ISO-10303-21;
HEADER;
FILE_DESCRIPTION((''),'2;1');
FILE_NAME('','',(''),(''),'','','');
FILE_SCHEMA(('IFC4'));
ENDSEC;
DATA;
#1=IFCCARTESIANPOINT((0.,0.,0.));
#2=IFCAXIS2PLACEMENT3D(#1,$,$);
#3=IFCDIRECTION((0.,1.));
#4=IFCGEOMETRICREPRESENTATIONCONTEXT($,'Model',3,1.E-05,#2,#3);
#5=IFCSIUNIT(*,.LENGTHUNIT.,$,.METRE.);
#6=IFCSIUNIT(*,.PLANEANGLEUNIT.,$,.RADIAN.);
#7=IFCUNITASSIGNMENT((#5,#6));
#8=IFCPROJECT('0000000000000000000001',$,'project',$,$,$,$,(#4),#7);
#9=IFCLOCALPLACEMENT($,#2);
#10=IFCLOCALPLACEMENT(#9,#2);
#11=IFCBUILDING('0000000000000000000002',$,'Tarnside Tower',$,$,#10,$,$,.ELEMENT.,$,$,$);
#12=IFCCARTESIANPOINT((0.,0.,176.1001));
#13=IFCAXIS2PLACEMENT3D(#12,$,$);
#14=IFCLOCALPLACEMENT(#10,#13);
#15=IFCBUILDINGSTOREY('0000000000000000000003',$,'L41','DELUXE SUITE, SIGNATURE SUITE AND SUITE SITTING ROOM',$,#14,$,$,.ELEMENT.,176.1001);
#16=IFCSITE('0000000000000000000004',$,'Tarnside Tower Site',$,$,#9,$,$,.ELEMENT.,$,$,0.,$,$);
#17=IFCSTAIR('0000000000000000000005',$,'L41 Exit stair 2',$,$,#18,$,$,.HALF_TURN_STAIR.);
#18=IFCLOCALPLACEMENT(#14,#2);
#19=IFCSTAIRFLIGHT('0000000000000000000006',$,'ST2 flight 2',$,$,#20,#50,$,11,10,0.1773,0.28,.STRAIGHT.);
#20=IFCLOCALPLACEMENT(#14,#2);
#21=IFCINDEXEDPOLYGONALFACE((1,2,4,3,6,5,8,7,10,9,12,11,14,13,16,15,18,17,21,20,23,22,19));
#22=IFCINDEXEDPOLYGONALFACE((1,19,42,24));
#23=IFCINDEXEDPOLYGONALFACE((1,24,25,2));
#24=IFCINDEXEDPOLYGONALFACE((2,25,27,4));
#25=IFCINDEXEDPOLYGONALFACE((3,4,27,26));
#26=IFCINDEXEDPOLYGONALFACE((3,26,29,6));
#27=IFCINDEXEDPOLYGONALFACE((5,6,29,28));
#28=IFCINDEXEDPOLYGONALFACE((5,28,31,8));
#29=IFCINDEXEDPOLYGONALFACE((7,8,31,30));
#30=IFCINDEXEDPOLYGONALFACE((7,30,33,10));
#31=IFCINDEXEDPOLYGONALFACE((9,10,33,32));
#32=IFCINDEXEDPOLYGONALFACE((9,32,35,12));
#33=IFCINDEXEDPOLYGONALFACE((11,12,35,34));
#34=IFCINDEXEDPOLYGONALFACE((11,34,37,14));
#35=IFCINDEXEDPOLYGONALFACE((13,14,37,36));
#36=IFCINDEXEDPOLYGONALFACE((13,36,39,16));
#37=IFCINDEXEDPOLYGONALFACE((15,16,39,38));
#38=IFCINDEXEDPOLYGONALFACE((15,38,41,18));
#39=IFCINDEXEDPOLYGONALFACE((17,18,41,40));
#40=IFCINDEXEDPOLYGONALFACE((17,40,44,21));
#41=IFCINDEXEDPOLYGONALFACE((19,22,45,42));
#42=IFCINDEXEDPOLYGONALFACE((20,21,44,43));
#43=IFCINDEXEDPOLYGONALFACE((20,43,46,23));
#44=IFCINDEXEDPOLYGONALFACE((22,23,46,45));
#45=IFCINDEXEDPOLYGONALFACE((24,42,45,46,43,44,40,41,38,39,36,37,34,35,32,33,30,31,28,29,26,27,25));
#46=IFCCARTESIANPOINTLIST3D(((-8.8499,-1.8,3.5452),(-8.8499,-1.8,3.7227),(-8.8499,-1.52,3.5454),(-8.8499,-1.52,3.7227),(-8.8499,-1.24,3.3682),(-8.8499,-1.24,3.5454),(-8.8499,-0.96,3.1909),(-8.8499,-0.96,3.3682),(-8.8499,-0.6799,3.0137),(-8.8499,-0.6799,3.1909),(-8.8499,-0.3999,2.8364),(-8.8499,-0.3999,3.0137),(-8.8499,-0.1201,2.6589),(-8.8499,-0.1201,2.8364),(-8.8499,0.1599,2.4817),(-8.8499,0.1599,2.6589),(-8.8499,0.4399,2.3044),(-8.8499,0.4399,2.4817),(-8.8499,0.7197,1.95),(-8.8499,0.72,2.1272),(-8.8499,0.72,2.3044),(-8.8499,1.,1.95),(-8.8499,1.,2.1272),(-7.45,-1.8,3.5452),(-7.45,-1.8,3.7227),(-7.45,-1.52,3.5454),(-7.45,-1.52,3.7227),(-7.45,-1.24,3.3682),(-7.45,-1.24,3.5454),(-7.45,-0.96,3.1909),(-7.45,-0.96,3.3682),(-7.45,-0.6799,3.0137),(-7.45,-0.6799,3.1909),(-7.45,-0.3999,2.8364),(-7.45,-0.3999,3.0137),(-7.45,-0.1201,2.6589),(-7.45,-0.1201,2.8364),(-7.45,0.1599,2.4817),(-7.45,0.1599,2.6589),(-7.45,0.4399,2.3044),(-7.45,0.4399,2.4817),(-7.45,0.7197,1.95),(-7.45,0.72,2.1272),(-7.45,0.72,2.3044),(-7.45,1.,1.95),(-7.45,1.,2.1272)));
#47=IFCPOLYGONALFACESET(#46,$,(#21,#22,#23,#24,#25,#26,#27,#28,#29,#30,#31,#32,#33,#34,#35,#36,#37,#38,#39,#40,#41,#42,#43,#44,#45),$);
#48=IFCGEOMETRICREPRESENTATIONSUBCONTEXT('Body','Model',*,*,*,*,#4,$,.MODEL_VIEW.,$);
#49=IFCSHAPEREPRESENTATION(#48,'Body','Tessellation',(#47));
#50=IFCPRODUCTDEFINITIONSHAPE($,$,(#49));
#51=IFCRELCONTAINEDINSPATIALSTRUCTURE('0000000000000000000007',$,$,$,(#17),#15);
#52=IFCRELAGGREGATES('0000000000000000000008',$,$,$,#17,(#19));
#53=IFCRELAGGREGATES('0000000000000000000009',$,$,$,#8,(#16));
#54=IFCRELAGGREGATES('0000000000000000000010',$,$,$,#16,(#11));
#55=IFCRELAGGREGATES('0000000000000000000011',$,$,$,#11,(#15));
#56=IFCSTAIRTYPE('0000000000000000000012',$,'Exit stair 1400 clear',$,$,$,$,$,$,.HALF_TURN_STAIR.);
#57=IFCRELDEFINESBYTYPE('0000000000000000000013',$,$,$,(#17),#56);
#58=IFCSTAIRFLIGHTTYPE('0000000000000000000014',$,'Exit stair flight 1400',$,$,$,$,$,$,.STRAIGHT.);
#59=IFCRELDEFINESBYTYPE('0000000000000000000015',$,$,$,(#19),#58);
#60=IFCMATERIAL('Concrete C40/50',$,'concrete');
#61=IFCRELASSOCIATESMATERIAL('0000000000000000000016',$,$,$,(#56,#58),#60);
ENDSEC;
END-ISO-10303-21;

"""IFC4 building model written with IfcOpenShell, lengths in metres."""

from ifc_helpers import new_model, si_unit, direction, frame, origin, place, context, subcontext, project, spatial, polyline, outline, extrude, material, type_object, element, aggregate, save


model = new_model("IFC4")

# Units and contexts
model_context = context("Model", 3, precision=1e-05, world=origin(), true_north=direction((0.0, 1.0)))
body_context = subcontext(model_context, "Body", "Model", "MODEL_VIEW")
ifc_project = project(units=[si_unit("LENGTHUNIT", "METRE"), si_unit("PLANEANGLEUNIT", "RADIAN")], contexts=[model_context])

# Site, building, storey
site_placement = place(None, origin())
site = spatial("IfcSite", under=ifc_project, at=site_placement, Name="Tarnside Tower Site", CompositionType="ELEMENT", RefElevation=0.0)
building_placement = place(site_placement, origin())
building = spatial("IfcBuilding", under=site, at=building_placement, Name="Tarnside Tower", CompositionType="ELEMENT")
storey_placement = place(building_placement, frame((0.0, 0.0, 176.1001)))
storey = spatial("IfcBuildingStorey", under=building, at=storey_placement, Name="L41", Description="DELUXE SUITE, SIGNATURE SUITE AND SUITE SITTING ROOM", CompositionType="ELEMENT", Elevation=176.1001)

# Shared definitions
ifc_material_1 = material(Name="Concrete C40/50", Category="concrete")

# Stair, stair flight
stair_type = type_object("IfcStairType", Name="Exit stair 1400 clear", PredefinedType="HALF_TURN_STAIR", material=ifc_material_1)
stair_placement = place(storey_placement, origin())
stair = element("IfcStair", 1, at=stair_placement, inside=storey, type_object=stair_type, Name="L41 Exit stair 2", PredefinedType="HALF_TURN_STAIR")
stair_flight_type = type_object("IfcStairFlightType", Name="Exit stair flight 1400", PredefinedType="STRAIGHT", material=ifc_material_1)
stair_flight_placement = place(storey_placement, frame((-8.1499, 1.0, 1.95), z_axis=(0.0, 0.0, 1.0), x_axis=(0.0, -1.0, 0.0)))
stair_flight = element("IfcStairFlight", 2, at=stair_flight_placement, type_object=stair_flight_type, Name="ST2 flight 2", NumberOfRisers=11, NumberOfTreads=10, PredefinedType="STRAIGHT", RiserHeight=0.1773, TreadLength=0.28, context=body_context, shape_type="SweptSolid", body=[
    extrude(outline(polyline([(0.0, 0.0), (0.0, 0.1772), (0.28, 0.1772), (0.28, 0.3545), (0.5601, 0.3545), (0.5601, 0.5317), (0.8401, 0.5317), (0.8401, 0.709), (1.1201, 0.709), (1.1201, 0.8865), (1.3999, 0.8865), (1.3999, 1.0637), (1.6799, 1.0637), (1.6799, 1.241), (1.96, 1.241), (1.96, 1.4182), (2.24, 1.4182), (2.24, 1.5955), (2.52, 1.5955), (2.52, 1.7727), (2.8, 1.7727), (2.8, 1.95), (2.8, 1.5952), (0.2803, 0.0), (0.0, 0.0)])), frame((0.0, 0.7, 0.0), z_axis=(0.0, -1.0, 0.0), x_axis=(1.0, 0.0, 0.0)), (0.0, 0.0, 1.0), 1.3999),
])
aggregate(stair, [stair_flight])

save(model, "model.ifc")
